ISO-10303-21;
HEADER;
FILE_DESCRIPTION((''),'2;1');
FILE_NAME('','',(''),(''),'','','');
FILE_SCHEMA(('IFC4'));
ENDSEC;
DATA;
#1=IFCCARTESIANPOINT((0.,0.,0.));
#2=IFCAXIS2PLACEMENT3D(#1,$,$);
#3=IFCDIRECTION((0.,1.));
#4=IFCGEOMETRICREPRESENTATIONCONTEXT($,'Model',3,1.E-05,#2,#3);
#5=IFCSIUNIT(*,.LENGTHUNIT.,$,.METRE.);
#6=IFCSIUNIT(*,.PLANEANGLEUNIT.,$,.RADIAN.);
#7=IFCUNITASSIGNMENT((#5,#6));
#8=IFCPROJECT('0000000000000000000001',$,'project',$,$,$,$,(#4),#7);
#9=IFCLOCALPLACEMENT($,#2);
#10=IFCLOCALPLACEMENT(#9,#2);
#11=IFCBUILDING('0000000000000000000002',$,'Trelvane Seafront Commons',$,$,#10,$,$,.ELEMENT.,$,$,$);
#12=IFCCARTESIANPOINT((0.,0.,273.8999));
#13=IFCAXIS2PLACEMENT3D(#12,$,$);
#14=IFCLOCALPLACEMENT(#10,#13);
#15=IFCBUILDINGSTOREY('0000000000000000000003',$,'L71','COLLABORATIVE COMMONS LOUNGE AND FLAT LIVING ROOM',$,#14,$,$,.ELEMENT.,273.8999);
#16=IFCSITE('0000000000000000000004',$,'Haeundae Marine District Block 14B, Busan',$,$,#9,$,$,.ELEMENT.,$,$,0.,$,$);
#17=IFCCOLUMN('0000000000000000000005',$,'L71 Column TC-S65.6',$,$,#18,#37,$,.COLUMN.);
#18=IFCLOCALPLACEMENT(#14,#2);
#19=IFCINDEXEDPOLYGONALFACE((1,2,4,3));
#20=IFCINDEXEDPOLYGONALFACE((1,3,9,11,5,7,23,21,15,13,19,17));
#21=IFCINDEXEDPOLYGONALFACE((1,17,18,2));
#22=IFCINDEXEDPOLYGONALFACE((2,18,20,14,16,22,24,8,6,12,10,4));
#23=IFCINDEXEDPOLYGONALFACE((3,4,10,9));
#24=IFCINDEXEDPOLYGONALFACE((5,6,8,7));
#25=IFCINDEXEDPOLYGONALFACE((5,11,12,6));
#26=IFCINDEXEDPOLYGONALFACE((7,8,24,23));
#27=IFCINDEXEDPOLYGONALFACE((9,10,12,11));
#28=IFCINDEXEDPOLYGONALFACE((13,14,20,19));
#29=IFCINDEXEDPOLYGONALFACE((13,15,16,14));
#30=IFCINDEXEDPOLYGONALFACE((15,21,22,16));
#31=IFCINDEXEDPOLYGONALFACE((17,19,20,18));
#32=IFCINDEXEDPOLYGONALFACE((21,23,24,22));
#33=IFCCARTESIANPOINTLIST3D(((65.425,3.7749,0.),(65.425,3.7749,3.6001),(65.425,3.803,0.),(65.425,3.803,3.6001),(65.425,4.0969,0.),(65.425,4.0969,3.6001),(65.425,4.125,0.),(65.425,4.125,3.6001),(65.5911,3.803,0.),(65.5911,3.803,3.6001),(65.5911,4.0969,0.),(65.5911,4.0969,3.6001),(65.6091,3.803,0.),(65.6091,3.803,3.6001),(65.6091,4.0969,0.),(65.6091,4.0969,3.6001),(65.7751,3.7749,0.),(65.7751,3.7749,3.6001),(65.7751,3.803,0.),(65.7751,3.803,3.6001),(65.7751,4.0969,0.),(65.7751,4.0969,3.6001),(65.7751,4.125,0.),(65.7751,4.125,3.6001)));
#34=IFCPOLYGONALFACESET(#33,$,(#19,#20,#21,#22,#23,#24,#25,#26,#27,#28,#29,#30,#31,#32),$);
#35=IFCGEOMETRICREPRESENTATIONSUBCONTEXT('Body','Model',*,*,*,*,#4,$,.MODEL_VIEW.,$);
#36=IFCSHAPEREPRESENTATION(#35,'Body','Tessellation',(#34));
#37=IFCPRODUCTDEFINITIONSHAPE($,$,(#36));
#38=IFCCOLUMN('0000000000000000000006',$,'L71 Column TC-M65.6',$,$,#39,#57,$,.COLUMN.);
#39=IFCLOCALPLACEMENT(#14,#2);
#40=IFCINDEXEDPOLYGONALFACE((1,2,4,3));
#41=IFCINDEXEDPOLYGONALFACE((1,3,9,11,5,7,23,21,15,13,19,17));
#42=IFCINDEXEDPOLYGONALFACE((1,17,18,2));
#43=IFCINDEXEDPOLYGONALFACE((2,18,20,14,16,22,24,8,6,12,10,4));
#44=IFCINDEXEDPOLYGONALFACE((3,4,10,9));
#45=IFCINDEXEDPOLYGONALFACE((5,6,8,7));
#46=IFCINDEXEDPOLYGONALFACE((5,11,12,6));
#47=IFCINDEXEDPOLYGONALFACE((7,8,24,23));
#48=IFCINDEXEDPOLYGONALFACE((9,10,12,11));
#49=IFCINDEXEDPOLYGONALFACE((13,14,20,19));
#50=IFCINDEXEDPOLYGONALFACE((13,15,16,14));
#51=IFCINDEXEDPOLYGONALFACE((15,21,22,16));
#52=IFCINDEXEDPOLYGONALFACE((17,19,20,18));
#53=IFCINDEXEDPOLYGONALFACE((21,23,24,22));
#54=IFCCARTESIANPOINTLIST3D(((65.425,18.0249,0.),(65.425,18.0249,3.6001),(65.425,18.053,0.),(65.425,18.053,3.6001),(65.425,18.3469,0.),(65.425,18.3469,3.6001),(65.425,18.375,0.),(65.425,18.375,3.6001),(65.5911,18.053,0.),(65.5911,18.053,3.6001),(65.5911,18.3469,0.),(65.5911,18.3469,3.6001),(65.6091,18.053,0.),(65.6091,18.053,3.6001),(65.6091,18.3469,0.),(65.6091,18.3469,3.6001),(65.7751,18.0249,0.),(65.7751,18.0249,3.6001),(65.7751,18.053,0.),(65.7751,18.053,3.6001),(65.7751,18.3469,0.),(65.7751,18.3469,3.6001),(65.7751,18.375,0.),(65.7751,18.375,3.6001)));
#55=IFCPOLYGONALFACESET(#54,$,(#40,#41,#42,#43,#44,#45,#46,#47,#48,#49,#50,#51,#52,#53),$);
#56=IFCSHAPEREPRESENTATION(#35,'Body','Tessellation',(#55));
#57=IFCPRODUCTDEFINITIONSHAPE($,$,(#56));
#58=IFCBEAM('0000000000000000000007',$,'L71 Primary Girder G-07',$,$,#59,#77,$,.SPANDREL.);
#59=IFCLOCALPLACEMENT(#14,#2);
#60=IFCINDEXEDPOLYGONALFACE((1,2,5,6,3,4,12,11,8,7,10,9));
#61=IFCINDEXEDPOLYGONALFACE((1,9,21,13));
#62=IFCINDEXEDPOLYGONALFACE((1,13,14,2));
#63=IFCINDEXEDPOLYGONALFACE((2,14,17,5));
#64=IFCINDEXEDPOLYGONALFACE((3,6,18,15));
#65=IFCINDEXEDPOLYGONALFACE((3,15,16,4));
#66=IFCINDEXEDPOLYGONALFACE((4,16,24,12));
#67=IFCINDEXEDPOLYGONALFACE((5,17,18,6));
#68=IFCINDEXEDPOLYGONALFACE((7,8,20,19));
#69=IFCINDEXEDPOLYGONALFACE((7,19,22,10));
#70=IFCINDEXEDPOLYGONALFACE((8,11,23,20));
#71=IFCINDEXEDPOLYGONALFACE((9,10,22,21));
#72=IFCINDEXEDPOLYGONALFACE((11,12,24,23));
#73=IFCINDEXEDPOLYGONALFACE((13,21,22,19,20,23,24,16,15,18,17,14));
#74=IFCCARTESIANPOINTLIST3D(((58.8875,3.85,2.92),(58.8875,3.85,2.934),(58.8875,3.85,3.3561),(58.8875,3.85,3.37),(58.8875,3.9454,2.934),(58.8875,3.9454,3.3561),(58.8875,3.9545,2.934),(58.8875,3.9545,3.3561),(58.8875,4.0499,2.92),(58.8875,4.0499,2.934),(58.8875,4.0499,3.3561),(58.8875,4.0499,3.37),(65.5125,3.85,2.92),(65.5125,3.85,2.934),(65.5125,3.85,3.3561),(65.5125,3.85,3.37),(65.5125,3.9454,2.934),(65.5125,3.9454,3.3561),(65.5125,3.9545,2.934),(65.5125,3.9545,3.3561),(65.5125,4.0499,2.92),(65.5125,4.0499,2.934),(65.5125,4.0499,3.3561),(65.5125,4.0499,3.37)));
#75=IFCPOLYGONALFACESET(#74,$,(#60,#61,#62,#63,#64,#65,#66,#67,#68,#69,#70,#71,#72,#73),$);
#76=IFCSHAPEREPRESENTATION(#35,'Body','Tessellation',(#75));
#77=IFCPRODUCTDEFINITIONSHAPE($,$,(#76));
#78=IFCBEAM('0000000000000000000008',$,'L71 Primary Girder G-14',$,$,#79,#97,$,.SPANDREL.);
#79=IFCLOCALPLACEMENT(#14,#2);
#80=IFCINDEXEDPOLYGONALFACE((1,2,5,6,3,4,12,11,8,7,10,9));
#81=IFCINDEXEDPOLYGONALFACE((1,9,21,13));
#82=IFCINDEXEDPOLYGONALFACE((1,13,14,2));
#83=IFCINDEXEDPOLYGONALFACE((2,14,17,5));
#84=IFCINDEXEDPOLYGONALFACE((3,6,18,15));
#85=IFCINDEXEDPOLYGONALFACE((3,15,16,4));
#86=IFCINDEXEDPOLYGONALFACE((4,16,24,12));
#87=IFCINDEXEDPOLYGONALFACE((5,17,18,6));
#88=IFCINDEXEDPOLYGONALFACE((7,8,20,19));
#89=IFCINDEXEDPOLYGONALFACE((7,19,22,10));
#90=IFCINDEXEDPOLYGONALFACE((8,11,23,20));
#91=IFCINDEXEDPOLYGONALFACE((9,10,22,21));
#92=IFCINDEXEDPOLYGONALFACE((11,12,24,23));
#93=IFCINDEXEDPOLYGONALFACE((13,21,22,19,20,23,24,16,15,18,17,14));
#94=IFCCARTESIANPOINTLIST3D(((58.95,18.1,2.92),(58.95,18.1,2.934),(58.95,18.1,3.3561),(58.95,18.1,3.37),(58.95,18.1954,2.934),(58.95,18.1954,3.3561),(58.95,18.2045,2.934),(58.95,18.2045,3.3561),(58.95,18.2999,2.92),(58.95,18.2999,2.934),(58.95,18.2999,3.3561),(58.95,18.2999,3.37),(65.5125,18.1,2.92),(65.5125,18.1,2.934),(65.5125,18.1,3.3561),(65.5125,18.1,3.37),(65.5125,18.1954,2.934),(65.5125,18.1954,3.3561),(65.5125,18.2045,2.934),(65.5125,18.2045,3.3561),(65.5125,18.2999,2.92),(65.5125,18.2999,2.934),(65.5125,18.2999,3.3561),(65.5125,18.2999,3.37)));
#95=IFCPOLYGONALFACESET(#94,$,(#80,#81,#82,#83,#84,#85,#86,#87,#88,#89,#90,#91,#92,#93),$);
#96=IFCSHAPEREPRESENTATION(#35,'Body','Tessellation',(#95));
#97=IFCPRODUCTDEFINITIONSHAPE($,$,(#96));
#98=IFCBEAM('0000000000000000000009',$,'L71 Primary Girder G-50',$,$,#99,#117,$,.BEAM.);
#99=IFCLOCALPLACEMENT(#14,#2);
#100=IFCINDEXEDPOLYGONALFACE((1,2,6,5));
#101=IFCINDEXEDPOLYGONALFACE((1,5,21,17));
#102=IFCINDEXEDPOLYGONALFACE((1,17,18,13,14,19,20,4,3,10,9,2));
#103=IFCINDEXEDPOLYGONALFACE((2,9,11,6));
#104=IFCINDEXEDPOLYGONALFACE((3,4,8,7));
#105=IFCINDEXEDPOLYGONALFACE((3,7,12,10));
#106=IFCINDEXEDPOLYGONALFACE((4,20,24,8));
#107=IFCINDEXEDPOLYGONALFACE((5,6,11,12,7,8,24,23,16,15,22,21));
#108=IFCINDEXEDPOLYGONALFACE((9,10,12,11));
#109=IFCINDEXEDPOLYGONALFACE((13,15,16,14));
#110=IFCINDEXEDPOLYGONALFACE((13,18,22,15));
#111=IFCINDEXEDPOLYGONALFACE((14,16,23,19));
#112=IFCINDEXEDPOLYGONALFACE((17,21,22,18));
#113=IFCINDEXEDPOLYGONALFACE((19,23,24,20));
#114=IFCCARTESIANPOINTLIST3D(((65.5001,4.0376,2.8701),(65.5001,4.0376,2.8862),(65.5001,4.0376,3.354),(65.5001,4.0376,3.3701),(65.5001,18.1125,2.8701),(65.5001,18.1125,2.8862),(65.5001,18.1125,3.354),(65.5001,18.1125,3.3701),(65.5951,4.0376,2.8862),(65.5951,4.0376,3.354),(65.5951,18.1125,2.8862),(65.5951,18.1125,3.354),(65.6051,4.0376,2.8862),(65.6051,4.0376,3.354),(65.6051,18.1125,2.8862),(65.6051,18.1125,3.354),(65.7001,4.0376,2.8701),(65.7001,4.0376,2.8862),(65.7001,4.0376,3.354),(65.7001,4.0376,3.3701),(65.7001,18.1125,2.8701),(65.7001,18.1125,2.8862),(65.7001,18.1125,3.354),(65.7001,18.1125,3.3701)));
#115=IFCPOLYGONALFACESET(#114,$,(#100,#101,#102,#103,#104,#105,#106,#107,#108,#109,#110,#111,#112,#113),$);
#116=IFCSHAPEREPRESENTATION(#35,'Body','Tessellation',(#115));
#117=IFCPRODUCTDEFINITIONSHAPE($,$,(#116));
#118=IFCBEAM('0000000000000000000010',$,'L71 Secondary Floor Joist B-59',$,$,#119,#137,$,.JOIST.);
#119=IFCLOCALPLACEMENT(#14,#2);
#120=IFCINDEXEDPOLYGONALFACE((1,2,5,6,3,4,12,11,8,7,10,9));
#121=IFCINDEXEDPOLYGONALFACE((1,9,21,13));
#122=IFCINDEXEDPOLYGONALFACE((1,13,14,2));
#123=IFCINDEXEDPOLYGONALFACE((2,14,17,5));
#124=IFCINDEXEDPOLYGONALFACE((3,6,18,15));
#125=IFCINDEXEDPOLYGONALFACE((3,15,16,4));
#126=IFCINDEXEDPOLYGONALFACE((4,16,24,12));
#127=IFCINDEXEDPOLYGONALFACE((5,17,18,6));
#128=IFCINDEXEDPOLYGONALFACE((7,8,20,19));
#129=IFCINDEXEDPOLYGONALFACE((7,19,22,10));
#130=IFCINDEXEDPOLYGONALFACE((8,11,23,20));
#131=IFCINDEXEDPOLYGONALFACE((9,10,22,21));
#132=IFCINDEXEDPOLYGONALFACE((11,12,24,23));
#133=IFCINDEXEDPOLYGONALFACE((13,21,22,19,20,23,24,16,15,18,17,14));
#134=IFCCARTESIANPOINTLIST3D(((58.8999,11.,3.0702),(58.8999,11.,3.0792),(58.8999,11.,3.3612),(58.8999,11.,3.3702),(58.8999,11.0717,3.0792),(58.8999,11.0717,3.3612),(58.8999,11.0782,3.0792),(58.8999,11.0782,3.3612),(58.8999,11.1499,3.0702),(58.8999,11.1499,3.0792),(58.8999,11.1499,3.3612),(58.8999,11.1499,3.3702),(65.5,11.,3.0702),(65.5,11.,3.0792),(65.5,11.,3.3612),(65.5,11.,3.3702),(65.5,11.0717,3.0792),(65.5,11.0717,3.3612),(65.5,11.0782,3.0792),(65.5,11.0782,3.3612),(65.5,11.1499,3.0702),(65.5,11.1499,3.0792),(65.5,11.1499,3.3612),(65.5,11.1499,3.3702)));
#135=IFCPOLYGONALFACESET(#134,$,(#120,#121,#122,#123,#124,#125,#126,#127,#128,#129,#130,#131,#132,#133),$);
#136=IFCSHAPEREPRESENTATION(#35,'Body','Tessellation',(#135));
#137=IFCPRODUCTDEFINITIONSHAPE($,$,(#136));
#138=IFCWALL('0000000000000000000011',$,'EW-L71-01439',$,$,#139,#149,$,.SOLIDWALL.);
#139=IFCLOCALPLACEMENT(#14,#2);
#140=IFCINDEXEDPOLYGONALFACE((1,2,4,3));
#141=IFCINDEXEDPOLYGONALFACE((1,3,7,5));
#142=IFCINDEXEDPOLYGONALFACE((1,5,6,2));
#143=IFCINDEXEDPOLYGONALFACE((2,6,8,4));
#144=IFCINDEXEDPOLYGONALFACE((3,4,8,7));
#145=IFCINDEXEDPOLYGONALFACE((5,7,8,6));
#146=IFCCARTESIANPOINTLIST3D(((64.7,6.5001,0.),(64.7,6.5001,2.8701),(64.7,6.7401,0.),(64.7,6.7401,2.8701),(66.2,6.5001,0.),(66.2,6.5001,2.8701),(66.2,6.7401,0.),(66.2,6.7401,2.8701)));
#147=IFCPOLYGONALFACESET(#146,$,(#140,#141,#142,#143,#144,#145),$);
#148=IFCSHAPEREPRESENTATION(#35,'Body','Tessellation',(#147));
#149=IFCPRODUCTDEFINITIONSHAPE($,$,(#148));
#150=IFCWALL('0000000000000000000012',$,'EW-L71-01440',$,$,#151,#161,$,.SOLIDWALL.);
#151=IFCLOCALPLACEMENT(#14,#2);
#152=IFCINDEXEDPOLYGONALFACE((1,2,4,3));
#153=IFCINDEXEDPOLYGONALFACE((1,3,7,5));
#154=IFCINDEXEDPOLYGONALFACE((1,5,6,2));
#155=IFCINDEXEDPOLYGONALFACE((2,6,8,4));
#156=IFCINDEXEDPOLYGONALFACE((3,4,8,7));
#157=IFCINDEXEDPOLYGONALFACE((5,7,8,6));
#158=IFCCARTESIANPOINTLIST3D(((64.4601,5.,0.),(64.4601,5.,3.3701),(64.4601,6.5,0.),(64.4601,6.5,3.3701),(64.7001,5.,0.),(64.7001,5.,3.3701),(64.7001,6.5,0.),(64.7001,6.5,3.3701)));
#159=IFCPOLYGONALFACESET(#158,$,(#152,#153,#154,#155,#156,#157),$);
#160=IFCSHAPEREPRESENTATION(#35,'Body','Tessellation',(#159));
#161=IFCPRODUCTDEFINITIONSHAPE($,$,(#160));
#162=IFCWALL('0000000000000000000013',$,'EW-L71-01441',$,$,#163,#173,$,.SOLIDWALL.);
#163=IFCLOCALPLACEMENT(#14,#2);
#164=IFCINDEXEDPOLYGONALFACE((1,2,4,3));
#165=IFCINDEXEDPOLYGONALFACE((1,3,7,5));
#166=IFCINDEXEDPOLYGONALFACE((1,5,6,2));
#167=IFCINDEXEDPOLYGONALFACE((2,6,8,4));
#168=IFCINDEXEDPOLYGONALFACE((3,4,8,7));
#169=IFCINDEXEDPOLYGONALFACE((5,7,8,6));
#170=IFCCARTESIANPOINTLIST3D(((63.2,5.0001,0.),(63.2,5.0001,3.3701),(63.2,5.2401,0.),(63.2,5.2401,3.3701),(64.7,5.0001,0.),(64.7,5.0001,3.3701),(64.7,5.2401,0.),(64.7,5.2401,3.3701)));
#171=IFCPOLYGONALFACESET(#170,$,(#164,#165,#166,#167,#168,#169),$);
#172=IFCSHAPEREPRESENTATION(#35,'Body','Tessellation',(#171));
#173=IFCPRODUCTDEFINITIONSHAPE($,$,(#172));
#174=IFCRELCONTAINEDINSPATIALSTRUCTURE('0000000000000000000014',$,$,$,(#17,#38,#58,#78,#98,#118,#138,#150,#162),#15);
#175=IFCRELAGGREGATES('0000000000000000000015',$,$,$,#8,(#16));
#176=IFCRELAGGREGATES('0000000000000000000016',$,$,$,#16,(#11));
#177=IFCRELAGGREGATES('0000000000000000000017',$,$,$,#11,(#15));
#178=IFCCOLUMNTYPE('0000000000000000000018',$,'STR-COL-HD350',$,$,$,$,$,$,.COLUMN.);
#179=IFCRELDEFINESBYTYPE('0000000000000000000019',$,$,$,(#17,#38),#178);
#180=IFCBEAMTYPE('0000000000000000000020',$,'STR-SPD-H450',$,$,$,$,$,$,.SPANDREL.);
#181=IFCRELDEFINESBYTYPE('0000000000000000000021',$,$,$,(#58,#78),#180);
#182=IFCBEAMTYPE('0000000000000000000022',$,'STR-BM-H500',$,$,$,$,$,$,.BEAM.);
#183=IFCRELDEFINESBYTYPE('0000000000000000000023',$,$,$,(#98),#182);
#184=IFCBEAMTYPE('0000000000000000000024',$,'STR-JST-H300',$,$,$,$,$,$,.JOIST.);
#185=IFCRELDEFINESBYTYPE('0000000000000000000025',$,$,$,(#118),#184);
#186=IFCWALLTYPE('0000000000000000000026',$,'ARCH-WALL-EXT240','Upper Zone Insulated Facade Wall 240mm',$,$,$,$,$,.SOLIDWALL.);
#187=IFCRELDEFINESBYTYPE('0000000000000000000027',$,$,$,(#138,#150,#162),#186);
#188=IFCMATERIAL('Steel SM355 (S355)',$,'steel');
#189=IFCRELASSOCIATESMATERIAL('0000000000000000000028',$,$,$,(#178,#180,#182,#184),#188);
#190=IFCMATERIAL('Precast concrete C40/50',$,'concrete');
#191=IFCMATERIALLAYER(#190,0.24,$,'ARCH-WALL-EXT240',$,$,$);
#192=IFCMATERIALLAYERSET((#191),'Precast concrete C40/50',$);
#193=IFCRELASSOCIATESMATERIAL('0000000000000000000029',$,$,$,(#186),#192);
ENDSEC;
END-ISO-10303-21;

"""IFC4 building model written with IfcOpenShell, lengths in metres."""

from ifc_helpers import new_model, si_unit, direction, frame, frame_2d, origin, origin_2d, place, context, subcontext, project, spatial, rectangle, i_section, extrude, source, transform, mapped, material, layer, layer_set, material_profile, profile_set, type_object, element, save


model = new_model("IFC4")

# Units and contexts
model_context = context("Model", 3, precision=1e-05, world=origin(), true_north=direction((0.0, 1.0)))
body_context = subcontext(model_context, "Body", "Model", "MODEL_VIEW")
ifc_project = project(units=[si_unit("LENGTHUNIT", "METRE"), si_unit("PLANEANGLEUNIT", "RADIAN")], contexts=[model_context])

# Site, building, storey
site_placement = place(None, origin())
site = spatial("IfcSite", under=ifc_project, at=site_placement, Name="Haeundae Marine District Block 14B, Busan", CompositionType="ELEMENT", RefElevation=0.0)
building_placement = place(site_placement, origin())
building = spatial("IfcBuilding", under=site, at=building_placement, Name="Trelvane Seafront Commons", CompositionType="ELEMENT")
storey_placement = place(building_placement, frame((0.0, 0.0, 273.8999)))
storey = spatial("IfcBuildingStorey", under=building, at=storey_placement, Name="L71", Description="COLLABORATIVE COMMONS LOUNGE AND FLAT LIVING ROOM", CompositionType="ELEMENT", Elevation=273.8999)

# Columns
ifc_material_1 = material(Name="Steel SM355 (S355)", Category="steel")
ifc_material_profile_1 = material_profile(ifc_material_1, i_section(OverallWidth=0.3501, OverallDepth=0.3501, WebThickness=0.0181, FlangeThickness=0.0281, at=origin_2d()), Name="HD-350x350x18x28")
ifc_profile_set_1 = profile_set([ifc_material_profile_1], Name="Steel SM355 (S355)")
column_type = type_object("IfcColumnType", Name="STR-COL-HD350", PredefinedType="COLUMN", material=ifc_profile_set_1)
shared_shape_1 = source(origin(), body_context, "Body", "SweptSolid", [
    extrude(i_section(OverallWidth=0.3501, OverallDepth=0.3501, WebThickness=0.0181, FlangeThickness=0.0281, at=origin_2d()), origin(), (0.0, 0.0, 1.0), 3.6001),
])
for number, where, z_axis, x_axis, name in (
    (1, (65.6001, 3.95, 0.0), (0.0, 0.0, 1.0), (1.0, 0.0, 0.0), "L71 Column TC-S65.6"),
    (2, (65.6001, 18.2, 0.0), (0.0, 0.0, 1.0), (1.0, 0.0, 0.0), "L71 Column TC-M65.6"),
):
    element("IfcColumn", number, at=place(storey_placement, frame(where, z_axis=z_axis, x_axis=x_axis)), inside=storey, type_object=column_type, Name=name, PredefinedType="COLUMN", context=body_context, shape_type="MappedRepresentation", body=[
        mapped(shared_shape_1, transform((0.0, 0.0, 0.0), x_axis=(1.0, 0.0, 0.0), y_axis=(0.0, 1.0, 0.0), z_axis=(0.0, 0.0, 1.0), scale=1.0)),
    ])

# Beams
ifc_material_profile_2 = material_profile(ifc_material_1, i_section(OverallWidth=0.2, OverallDepth=0.45, WebThickness=0.009, FlangeThickness=0.0139, at=origin_2d()), Name="H-450x200x9x14")
ifc_profile_set_2 = profile_set([ifc_material_profile_2], Name="Steel SM355 (S355)")
beam_type_1 = type_object("IfcBeamType", Name="STR-SPD-H450", PredefinedType="SPANDREL", material=ifc_profile_set_2)
shared_shape_2 = source(origin(), body_context, "Body", "SweptSolid", [
    extrude(i_section(OverallWidth=0.2, OverallDepth=0.45, WebThickness=0.009, FlangeThickness=0.0139, at=origin_2d()), origin(), (0.0, 0.0, 1.0), 6.625),
])
beam_1_placement = place(storey_placement, frame((58.8875, 3.95, 3.145), z_axis=(1.0, 0.0, 0.0), x_axis=(0.0, 1.0, 0.0)))
element("IfcBeam", 3, at=beam_1_placement, inside=storey, type_object=beam_type_1, Name="L71 Primary Girder G-07", PredefinedType="SPANDREL", context=body_context, shape_type="MappedRepresentation", body=[
    mapped(shared_shape_2, transform((0.0, 0.0, 0.0), x_axis=(1.0, 0.0, 0.0), y_axis=(0.0, 1.0, 0.0), z_axis=(0.0, 0.0, 1.0), scale=1.0)),
])
shared_shape_3 = source(origin(), body_context, "Body", "SweptSolid", [
    extrude(i_section(OverallWidth=0.2, OverallDepth=0.45, WebThickness=0.009, FlangeThickness=0.0139, at=origin_2d()), origin(), (0.0, 0.0, 1.0), 6.5625),
])
beam_2_placement = place(storey_placement, frame((58.95, 18.2, 3.145), z_axis=(1.0, 0.0, 0.0), x_axis=(0.0, 1.0, 0.0)))
element("IfcBeam", 4, at=beam_2_placement, inside=storey, type_object=beam_type_1, Name="L71 Primary Girder G-14", PredefinedType="SPANDREL", context=body_context, shape_type="MappedRepresentation", body=[
    mapped(shared_shape_3, transform((0.0, 0.0, 0.0), x_axis=(1.0, 0.0, 0.0), y_axis=(0.0, 1.0, 0.0), z_axis=(0.0, 0.0, 1.0), scale=1.0)),
])
ifc_material_profile_3 = material_profile(ifc_material_1, i_section(OverallWidth=0.2, OverallDepth=0.5, WebThickness=0.01, FlangeThickness=0.0161, at=origin_2d()), Name="H-500x200x10x16")
ifc_profile_set_3 = profile_set([ifc_material_profile_3], Name="Steel SM355 (S355)")
beam_type_2 = type_object("IfcBeamType", Name="STR-BM-H500", PredefinedType="BEAM", material=ifc_profile_set_3)
shared_shape_4 = source(origin(), body_context, "Body", "SweptSolid", [
    extrude(i_section(OverallWidth=0.2, OverallDepth=0.5, WebThickness=0.01, FlangeThickness=0.0161, at=origin_2d()), origin(), (0.0, 0.0, 1.0), 14.075),
])
beam_3_placement = place(storey_placement, frame((65.6001, 4.0376, 3.1201), z_axis=(0.0, 1.0, 0.0), x_axis=(-1.0, 0.0, 0.0)))
element("IfcBeam", 5, at=beam_3_placement, inside=storey, type_object=beam_type_2, Name="L71 Primary Girder G-50", PredefinedType="BEAM", context=body_context, shape_type="MappedRepresentation", body=[
    mapped(shared_shape_4, transform((0.0, 0.0, 0.0), x_axis=(1.0, 0.0, 0.0), y_axis=(0.0, 1.0, 0.0), z_axis=(0.0, 0.0, 1.0), scale=1.0)),
])
ifc_material_profile_4 = material_profile(ifc_material_1, i_section(OverallWidth=0.1499, OverallDepth=0.3, WebThickness=0.0066, FlangeThickness=0.009, at=origin_2d()), Name="H-300x150x6.5x9")
ifc_profile_set_4 = profile_set([ifc_material_profile_4], Name="Steel SM355 (S355)")
beam_type_3 = type_object("IfcBeamType", Name="STR-JST-H300", PredefinedType="JOIST", material=ifc_profile_set_4)
shared_shape_5 = source(origin(), body_context, "Body", "SweptSolid", [
    extrude(i_section(OverallWidth=0.1499, OverallDepth=0.3, WebThickness=0.0066, FlangeThickness=0.009, at=origin_2d()), origin(), (0.0, 0.0, 1.0), 6.6001),
])
beam_4_placement = place(storey_placement, frame((58.8999, 11.075, 3.2202), z_axis=(1.0, 0.0, 0.0), x_axis=(0.0, 1.0, 0.0)))
element("IfcBeam", 6, at=beam_4_placement, inside=storey, type_object=beam_type_3, Name="L71 Secondary Floor Joist B-59", PredefinedType="JOIST", context=body_context, shape_type="MappedRepresentation", body=[
    mapped(shared_shape_5, transform((0.0, 0.0, 0.0), x_axis=(1.0, 0.0, 0.0), y_axis=(0.0, 1.0, 0.0), z_axis=(0.0, 0.0, 1.0), scale=1.0)),
])

# Walls
ifc_material_2 = material(Name="Precast concrete C40/50", Category="concrete")
ifc_layer = layer(ifc_material_2, 0.24, Name="ARCH-WALL-EXT240")
ifc_layer_set = layer_set([ifc_layer], Name="Precast concrete C40/50")
wall_type = type_object("IfcWallType", Name="ARCH-WALL-EXT240", Description="Upper Zone Insulated Facade Wall 240mm", PredefinedType="SOLIDWALL", material=ifc_layer_set)
wall_1_placement = place(storey_placement, frame((66.2, 6.6201, 0.0), z_axis=(0.0, 0.0, 1.0), x_axis=(-1.0, 0.0, 0.0)))
element("IfcWall", 7, at=wall_1_placement, inside=storey, type_object=wall_type, Name="EW-L71-01439", PredefinedType="SOLIDWALL", context=body_context, shape_type="SweptSolid", body=[
    extrude(rectangle(XDim=1.5, YDim=0.24, at=frame_2d((0.75, 0.0))), origin(), (0.0, 0.0, 1.0), 2.8701),
])
for number, where, z_axis, x_axis, name in (
    (8, (64.5801, 6.5, 0.0), (0.0, 0.0, 1.0), (0.0, -1.0, 0.0), "EW-L71-01440"),
    (9, (64.7, 5.1201, 0.0), (0.0, 0.0, 1.0), (-1.0, 0.0, 0.0), "EW-L71-01441"),
):
    element("IfcWall", number, at=place(storey_placement, frame(where, z_axis=z_axis, x_axis=x_axis)), inside=storey, type_object=wall_type, Name=name, PredefinedType="SOLIDWALL", context=body_context, shape_type="SweptSolid", body=[
        extrude(rectangle(XDim=1.5, YDim=0.24, at=frame_2d((0.75, 0.0))), origin(), (0.0, 0.0, 1.0), 3.3701),
    ])

save(model, "model.ifc")
